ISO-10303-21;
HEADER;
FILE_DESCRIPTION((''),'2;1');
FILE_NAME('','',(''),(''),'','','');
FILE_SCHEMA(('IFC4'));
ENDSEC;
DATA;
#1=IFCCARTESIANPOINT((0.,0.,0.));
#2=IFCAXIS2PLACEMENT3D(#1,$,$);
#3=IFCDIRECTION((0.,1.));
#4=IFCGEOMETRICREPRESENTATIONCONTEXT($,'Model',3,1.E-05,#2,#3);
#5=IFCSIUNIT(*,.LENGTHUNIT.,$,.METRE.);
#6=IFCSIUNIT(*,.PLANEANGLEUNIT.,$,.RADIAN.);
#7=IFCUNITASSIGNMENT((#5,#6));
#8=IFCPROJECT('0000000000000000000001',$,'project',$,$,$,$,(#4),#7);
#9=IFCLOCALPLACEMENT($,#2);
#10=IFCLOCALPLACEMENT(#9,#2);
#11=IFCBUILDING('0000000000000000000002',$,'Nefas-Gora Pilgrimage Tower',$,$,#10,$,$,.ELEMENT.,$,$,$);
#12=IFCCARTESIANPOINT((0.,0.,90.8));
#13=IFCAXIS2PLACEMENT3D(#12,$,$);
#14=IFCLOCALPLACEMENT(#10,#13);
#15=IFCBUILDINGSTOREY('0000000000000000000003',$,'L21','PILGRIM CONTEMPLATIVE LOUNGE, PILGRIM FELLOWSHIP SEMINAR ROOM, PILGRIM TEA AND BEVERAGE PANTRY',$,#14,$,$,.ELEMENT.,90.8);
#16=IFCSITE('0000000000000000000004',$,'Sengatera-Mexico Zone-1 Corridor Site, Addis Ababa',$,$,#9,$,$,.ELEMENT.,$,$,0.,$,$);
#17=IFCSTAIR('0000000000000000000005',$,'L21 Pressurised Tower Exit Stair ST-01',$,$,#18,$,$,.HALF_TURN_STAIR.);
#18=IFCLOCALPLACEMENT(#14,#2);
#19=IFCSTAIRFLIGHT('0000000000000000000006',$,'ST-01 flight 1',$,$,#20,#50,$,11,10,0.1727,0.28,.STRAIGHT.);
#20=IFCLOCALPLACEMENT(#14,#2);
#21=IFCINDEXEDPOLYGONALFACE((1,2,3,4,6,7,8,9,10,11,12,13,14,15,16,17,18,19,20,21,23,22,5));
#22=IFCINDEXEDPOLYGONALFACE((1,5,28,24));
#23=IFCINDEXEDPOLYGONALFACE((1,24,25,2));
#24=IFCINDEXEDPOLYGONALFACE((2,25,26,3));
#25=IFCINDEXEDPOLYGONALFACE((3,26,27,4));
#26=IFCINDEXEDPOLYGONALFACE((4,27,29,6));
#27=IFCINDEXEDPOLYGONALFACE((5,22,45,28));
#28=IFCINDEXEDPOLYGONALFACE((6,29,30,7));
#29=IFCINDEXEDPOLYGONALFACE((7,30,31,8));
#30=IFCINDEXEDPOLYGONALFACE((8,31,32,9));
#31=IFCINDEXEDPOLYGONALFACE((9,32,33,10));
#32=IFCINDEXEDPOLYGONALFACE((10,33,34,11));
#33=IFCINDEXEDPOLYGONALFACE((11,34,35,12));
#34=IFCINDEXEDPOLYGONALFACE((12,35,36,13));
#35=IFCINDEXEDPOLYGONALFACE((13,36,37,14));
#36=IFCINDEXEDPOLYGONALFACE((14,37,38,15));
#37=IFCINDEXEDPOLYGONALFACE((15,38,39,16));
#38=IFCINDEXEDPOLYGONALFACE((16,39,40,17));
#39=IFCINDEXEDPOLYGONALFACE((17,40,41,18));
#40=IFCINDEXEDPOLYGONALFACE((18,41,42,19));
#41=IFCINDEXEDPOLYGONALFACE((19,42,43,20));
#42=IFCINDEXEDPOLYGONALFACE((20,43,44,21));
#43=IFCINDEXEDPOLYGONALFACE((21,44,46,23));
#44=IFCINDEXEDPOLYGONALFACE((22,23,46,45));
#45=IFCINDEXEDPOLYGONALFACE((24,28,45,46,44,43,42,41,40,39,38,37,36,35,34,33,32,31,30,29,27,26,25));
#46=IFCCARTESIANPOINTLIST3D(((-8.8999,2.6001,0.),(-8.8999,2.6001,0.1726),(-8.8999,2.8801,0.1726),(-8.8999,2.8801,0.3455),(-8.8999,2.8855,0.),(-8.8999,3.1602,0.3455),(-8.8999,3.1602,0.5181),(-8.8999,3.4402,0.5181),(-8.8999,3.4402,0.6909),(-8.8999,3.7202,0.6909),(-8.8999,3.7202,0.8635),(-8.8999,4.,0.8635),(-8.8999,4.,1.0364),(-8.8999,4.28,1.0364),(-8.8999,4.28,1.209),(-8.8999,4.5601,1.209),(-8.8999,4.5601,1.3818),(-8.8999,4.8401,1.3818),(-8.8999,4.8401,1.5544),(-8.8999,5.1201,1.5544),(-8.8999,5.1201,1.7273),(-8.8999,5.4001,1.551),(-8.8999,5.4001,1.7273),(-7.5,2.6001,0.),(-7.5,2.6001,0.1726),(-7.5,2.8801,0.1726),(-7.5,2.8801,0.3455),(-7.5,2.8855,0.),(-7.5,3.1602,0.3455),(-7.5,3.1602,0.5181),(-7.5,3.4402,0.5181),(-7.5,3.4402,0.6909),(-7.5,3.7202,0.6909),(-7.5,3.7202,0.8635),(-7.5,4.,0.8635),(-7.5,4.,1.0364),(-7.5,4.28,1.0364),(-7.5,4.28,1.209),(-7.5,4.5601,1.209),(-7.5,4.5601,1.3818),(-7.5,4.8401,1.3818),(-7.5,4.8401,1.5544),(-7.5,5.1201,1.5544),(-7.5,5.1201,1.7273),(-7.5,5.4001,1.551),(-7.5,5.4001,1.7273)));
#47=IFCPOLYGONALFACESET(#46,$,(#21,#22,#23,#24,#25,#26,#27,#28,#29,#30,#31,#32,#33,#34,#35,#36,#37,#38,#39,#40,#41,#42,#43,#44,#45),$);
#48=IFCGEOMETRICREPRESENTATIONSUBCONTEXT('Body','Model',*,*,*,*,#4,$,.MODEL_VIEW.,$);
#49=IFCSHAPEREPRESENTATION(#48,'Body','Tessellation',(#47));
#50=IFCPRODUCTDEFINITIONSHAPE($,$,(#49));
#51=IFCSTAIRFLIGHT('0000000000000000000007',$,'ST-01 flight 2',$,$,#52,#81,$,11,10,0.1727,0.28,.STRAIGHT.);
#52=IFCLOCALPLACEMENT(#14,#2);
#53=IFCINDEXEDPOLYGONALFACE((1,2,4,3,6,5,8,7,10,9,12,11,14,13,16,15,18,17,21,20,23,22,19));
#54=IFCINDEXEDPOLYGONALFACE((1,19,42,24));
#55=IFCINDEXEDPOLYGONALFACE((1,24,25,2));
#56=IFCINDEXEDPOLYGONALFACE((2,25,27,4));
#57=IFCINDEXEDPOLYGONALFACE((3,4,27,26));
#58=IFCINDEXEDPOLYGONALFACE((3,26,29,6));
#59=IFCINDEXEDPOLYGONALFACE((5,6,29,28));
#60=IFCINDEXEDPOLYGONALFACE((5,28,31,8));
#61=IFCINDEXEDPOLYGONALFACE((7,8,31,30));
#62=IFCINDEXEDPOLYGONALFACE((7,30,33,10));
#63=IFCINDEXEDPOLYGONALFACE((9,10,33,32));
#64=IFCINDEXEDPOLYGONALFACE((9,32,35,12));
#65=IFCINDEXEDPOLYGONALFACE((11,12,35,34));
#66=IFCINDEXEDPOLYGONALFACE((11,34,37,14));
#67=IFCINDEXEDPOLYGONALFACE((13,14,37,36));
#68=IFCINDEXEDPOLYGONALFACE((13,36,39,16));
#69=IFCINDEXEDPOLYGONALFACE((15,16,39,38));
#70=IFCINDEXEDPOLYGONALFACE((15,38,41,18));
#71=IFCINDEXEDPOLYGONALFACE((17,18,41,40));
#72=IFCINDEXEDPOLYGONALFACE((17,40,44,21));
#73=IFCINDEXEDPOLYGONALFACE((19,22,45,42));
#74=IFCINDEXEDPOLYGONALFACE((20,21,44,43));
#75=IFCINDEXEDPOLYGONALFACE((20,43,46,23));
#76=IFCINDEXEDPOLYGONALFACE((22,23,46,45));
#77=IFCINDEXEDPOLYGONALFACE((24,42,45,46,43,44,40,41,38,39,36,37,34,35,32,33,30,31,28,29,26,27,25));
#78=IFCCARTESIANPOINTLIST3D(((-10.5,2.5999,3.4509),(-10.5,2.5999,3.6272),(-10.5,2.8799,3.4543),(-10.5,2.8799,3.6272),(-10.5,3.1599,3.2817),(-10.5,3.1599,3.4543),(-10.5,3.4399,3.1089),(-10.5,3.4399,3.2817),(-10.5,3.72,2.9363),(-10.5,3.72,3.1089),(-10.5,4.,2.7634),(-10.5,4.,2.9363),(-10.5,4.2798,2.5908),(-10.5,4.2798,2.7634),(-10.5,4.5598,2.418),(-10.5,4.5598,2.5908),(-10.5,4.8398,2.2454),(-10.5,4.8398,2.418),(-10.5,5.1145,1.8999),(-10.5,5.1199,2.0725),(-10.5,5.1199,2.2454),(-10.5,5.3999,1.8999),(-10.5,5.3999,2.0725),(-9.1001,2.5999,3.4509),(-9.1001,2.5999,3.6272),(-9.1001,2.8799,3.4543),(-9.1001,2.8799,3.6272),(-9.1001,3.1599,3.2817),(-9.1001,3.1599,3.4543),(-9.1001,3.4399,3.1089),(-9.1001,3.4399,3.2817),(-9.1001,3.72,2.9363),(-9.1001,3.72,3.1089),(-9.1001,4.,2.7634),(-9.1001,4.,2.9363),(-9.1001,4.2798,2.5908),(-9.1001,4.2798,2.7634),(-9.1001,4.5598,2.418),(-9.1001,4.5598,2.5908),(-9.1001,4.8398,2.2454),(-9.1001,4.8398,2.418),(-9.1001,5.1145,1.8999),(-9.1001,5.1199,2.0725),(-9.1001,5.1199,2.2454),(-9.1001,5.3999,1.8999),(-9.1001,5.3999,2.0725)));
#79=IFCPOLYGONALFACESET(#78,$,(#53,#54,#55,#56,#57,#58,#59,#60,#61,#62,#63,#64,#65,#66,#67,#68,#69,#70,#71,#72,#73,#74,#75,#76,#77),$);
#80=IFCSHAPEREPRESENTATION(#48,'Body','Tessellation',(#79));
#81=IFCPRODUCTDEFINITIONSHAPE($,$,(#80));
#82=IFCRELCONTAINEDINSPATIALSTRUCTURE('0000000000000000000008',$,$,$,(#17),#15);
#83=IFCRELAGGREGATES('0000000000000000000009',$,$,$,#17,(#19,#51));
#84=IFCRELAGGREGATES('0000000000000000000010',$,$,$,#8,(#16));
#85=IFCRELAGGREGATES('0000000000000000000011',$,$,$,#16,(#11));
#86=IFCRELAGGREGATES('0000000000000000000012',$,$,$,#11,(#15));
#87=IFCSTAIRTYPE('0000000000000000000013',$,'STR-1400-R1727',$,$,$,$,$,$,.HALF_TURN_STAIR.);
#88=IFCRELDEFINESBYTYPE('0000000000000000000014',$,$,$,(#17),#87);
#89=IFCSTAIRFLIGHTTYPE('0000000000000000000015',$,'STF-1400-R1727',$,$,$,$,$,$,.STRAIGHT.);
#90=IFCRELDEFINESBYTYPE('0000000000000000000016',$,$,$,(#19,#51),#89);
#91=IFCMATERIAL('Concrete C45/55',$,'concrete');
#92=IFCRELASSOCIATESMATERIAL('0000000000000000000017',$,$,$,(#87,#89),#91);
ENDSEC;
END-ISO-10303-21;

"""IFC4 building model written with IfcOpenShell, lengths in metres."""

from ifc_helpers import new_model, si_unit, direction, frame, origin, place, context, subcontext, project, spatial, polyline, outline, extrude, source, transform, mapped, material, type_object, element, aggregate, save


model = new_model("IFC4")

# Units and contexts
model_context = context("Model", 3, precision=1e-05, world=origin(), true_north=direction((0.0, 1.0)))
body_context = subcontext(model_context, "Body", "Model", "MODEL_VIEW")
ifc_project = project(units=[si_unit("LENGTHUNIT", "METRE"), si_unit("PLANEANGLEUNIT", "RADIAN")], contexts=[model_context])

# Site, building, storey
site_placement = place(None, origin())
site = spatial("IfcSite", under=ifc_project, at=site_placement, Name="Sengatera-Mexico Zone-1 Corridor Site, Addis Ababa", CompositionType="ELEMENT", RefElevation=0.0)
building_placement = place(site_placement, origin())
building = spatial("IfcBuilding", under=site, at=building_placement, Name="Nefas-Gora Pilgrimage Tower", CompositionType="ELEMENT")
storey_placement = place(building_placement, frame((0.0, 0.0, 90.8)))
storey = spatial("IfcBuildingStorey", under=building, at=storey_placement, Name="L21", Description="PILGRIM CONTEMPLATIVE LOUNGE, PILGRIM FELLOWSHIP SEMINAR ROOM, PILGRIM TEA AND BEVERAGE PANTRY", CompositionType="ELEMENT", Elevation=90.8)

# Stair
ifc_material_1 = material(Name="Concrete C45/55", Category="concrete")
stair_type = type_object("IfcStairType", Name="STR-1400-R1727", PredefinedType="HALF_TURN_STAIR", material=ifc_material_1)
stair_1_placement = place(storey_placement, origin())
stair_1 = element("IfcStair", 1, at=stair_1_placement, inside=storey, type_object=stair_type, Name="L21 Pressurised Tower Exit Stair ST-01", PredefinedType="HALF_TURN_STAIR")

# Stair flights
stair_flight_type = type_object("IfcStairFlightType", Name="STF-1400-R1727", PredefinedType="STRAIGHT", material=ifc_material_1)
shared_shape_1 = source(origin(), body_context, "Body", "SweptSolid", [
    extrude(outline(polyline([(0.0, 0.0), (0.0, 0.1726), (0.28, 0.1726), (0.28, 0.3455), (0.5601, 0.3455), (0.5601, 0.5181), (0.8401, 0.5181), (0.8401, 0.6909), (1.1201, 0.6909), (1.1201, 0.8635), (1.3999, 0.8635), (1.3999, 1.0364), (1.6799, 1.0364), (1.6799, 1.209), (1.96, 1.209), (1.96, 1.3818), (2.24, 1.3818), (2.24, 1.5544), (2.52, 1.5544), (2.52, 1.7273), (2.8, 1.7273), (2.8, 1.8999), (2.8, 1.551), (0.2854, 0.0), (0.0, 0.0)])), frame((0.0, 0.7, 0.0), z_axis=(0.0, -1.0, 0.0), x_axis=(1.0, 0.0, 0.0)), (0.0, 0.0, 1.0), 1.3999),
])
stair_flight_1_placement = place(storey_placement, frame((-8.2, 2.6001, 0.0), z_axis=(0.0, 0.0, 1.0), x_axis=(0.0, 1.0, 0.0)))
stair_flight_1 = element("IfcStairFlight", 2, at=stair_flight_1_placement, type_object=stair_flight_type, Name="ST-01 flight 1", NumberOfRisers=11, NumberOfTreads=10, PredefinedType="STRAIGHT", RiserHeight=0.1727, TreadLength=0.28, context=body_context, shape_type="MappedRepresentation", body=[
    mapped(shared_shape_1, transform((0.0, 0.0, 0.0), x_axis=(1.0, 0.0, 0.0), y_axis=(0.0, 1.0, 0.0), z_axis=(0.0, 0.0, 1.0), scale=1.0)),
])
stair_flight_2_placement = place(storey_placement, frame((-9.8, 5.3999, 1.8999), z_axis=(0.0, 0.0, 1.0), x_axis=(0.0, -1.0, 0.0)))
stair_flight_2 = element("IfcStairFlight", 3, at=stair_flight_2_placement, type_object=stair_flight_type, Name="ST-01 flight 2", NumberOfRisers=11, NumberOfTreads=10, PredefinedType="STRAIGHT", RiserHeight=0.1727, TreadLength=0.28, context=body_context, shape_type="MappedRepresentation", body=[
    mapped(shared_shape_1, transform((0.0, 0.0, 0.0), x_axis=(1.0, 0.0, 0.0), y_axis=(0.0, 1.0, 0.0), z_axis=(0.0, 0.0, 1.0), scale=1.0)),
])
aggregate(stair_1, [stair_flight_1, stair_flight_2])

save(model, "model.ifc")
